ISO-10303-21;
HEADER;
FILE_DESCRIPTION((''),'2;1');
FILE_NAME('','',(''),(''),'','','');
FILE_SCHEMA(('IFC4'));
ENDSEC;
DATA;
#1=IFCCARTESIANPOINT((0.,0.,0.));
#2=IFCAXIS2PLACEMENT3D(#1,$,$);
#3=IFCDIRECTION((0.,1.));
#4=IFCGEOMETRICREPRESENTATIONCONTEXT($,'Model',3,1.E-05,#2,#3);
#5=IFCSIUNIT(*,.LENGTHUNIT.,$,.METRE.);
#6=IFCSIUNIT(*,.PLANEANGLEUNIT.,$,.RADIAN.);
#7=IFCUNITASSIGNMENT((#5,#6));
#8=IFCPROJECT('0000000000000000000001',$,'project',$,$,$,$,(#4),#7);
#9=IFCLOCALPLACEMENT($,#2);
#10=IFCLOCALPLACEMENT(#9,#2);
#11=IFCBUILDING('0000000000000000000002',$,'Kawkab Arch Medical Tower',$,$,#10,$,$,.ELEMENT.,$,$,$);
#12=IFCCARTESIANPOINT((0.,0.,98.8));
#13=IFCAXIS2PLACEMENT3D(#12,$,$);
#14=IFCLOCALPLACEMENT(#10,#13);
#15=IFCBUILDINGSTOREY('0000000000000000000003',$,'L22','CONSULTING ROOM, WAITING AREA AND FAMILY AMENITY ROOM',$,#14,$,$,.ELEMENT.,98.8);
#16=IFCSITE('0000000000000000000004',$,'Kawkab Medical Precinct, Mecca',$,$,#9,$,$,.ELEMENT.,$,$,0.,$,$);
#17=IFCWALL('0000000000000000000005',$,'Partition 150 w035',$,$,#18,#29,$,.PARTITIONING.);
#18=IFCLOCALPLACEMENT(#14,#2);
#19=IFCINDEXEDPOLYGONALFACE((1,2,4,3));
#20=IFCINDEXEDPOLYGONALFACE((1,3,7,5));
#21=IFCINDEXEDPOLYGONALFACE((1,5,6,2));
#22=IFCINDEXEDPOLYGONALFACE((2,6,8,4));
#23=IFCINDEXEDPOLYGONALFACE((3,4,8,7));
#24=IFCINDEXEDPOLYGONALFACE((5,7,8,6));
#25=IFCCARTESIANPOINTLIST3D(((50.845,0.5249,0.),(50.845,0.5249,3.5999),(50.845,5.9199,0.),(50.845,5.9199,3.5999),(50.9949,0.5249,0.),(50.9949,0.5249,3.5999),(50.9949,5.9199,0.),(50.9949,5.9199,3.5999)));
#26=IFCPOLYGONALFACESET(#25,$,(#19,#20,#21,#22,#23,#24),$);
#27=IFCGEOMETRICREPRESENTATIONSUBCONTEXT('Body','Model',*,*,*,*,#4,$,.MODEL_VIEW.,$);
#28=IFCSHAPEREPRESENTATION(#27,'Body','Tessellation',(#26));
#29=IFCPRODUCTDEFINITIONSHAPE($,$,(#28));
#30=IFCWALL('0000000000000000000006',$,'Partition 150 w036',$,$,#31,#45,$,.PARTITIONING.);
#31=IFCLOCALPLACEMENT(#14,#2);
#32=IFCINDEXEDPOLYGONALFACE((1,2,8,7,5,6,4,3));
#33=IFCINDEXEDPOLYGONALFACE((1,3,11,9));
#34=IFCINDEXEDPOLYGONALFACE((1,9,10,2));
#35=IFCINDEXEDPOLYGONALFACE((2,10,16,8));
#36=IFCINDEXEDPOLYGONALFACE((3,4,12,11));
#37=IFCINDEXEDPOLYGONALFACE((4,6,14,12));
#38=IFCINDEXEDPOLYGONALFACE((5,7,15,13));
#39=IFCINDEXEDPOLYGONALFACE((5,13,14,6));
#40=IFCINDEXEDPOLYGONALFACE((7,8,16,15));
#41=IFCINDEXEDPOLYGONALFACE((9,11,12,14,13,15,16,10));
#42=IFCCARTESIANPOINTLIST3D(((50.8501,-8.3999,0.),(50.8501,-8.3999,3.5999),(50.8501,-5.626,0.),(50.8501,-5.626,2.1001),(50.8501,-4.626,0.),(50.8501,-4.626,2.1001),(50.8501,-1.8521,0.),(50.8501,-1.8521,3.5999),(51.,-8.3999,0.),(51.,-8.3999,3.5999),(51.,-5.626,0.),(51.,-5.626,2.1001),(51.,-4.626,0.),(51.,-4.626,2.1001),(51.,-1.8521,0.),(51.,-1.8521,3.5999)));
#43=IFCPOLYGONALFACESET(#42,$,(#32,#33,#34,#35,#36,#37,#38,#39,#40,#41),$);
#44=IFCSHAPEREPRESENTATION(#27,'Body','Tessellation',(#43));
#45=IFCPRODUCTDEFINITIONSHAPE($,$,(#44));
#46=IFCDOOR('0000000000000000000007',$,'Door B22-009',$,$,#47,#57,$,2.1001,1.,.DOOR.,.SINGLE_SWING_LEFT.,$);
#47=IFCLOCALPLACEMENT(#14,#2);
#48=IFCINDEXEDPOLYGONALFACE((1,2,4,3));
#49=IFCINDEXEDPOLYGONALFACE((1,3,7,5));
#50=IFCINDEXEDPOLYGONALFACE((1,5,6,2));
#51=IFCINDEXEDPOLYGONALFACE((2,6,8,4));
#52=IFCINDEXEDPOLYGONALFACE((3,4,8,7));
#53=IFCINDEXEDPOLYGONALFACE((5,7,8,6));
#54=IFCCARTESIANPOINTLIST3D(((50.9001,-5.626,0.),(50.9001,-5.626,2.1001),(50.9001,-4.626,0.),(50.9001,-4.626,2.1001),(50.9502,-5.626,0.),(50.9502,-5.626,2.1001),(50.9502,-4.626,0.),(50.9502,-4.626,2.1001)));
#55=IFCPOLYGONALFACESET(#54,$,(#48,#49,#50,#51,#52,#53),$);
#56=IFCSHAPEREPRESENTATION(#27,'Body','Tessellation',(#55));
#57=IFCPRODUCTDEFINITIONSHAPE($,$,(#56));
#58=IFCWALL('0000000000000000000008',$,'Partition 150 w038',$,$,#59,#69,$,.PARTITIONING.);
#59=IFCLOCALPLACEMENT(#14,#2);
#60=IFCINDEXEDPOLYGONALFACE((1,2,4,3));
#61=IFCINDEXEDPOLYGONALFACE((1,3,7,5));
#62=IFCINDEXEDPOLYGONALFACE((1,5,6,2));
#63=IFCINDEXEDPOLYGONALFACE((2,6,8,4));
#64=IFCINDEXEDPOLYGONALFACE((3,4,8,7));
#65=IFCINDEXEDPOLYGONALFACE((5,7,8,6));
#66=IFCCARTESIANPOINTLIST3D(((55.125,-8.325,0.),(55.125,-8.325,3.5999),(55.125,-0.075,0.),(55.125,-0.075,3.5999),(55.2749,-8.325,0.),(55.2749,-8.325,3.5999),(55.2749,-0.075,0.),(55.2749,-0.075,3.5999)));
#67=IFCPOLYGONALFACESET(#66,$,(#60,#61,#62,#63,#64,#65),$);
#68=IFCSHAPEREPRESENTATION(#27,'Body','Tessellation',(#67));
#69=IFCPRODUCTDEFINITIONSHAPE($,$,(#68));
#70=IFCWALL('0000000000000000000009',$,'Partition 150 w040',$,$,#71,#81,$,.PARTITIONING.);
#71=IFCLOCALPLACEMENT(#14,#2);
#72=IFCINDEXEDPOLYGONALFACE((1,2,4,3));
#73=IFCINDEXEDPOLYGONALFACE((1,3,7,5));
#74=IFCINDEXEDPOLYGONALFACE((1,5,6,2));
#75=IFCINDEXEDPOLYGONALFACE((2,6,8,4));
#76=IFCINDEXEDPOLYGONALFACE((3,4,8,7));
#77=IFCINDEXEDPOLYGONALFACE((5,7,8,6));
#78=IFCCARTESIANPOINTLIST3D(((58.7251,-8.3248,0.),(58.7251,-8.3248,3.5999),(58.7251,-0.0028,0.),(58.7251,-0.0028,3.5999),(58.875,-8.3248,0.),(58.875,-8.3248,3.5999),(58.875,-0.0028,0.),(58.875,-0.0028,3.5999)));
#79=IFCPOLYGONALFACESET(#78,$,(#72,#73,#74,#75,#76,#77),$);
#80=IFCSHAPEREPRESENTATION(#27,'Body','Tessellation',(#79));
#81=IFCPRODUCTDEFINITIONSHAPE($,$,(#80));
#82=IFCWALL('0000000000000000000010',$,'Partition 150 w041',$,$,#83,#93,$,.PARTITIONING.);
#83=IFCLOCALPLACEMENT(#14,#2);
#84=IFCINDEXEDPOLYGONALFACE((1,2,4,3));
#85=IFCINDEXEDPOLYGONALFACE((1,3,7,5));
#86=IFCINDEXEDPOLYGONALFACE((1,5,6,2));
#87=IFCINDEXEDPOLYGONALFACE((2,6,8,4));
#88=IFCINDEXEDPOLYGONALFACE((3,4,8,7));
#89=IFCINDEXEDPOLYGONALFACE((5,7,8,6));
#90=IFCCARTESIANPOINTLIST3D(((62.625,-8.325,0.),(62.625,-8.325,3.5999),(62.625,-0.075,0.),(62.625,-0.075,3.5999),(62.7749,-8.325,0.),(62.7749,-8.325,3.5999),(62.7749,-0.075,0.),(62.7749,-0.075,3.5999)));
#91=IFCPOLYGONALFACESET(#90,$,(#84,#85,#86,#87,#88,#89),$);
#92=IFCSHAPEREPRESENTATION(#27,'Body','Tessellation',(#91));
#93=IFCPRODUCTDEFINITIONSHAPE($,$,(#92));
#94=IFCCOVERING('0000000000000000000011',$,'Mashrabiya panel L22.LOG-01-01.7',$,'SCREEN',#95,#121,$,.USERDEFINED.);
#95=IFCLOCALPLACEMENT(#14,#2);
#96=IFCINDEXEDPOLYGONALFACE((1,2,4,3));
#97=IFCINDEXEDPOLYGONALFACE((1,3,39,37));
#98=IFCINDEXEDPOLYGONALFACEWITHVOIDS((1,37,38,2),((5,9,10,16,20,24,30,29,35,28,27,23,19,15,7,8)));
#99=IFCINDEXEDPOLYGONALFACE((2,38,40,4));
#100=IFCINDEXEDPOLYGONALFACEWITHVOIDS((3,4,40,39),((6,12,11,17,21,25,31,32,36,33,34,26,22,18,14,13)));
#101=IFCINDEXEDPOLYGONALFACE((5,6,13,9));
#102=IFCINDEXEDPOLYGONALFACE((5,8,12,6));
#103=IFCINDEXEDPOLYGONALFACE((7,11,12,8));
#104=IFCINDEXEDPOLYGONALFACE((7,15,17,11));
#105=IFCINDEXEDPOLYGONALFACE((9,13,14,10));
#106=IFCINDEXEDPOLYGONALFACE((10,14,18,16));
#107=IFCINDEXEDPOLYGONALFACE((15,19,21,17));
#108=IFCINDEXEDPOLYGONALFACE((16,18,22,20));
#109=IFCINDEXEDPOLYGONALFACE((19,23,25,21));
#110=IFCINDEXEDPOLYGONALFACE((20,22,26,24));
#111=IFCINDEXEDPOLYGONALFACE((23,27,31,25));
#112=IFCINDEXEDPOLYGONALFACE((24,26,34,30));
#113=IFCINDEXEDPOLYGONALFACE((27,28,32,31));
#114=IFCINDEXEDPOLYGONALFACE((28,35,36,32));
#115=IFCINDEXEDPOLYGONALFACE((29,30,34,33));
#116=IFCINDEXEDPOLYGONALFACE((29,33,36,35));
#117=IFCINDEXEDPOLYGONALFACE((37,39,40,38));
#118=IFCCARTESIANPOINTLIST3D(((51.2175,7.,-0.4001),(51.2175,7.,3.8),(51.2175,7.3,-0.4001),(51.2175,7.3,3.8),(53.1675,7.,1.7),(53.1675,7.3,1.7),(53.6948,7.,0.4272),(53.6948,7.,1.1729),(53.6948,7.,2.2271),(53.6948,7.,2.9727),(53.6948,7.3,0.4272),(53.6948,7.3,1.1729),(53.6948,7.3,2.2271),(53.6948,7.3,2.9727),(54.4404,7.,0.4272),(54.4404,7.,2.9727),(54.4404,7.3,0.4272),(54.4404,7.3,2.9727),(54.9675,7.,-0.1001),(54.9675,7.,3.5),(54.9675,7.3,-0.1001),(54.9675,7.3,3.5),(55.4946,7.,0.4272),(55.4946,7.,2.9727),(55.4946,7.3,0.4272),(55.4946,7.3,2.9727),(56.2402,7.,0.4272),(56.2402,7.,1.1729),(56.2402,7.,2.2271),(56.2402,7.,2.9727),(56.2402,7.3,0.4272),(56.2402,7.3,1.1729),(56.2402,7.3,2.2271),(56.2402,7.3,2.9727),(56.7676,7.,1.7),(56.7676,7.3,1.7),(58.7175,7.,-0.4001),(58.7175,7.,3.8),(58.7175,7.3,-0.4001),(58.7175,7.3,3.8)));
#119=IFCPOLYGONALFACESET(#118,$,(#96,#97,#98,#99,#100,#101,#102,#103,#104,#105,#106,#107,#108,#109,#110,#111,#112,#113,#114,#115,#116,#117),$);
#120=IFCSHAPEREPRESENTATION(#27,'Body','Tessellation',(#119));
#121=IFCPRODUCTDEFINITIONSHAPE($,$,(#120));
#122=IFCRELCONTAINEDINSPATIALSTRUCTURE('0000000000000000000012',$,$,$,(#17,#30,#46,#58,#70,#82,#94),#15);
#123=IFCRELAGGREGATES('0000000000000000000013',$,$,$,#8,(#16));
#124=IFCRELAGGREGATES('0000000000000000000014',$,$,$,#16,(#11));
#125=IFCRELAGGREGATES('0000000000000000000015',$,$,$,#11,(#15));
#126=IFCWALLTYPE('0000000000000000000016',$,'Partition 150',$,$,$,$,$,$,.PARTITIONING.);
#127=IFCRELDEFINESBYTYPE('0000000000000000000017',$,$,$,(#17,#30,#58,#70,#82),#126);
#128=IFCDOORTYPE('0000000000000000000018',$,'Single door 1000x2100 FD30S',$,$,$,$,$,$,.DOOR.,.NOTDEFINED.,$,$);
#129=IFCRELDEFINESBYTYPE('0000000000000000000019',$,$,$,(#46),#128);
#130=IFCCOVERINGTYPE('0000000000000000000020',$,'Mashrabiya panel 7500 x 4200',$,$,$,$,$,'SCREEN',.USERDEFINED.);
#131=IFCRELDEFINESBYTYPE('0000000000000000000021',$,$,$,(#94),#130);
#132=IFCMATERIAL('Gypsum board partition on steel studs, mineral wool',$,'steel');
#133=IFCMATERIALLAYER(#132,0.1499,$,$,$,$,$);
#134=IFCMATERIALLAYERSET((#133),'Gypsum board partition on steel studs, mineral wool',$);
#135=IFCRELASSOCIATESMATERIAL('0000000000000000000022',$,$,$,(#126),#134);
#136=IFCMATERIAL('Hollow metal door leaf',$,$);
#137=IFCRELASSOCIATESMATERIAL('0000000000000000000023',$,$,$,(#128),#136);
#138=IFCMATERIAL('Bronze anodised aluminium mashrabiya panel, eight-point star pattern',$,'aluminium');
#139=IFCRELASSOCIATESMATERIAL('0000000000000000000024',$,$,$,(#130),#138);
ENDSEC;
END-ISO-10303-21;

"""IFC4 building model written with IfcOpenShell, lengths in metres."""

from ifc_helpers import new_model, si_unit, direction, frame, frame_2d, origin, place, context, subcontext, project, spatial, polyline, rectangle, outline, extrude, material, layer, layer_set, material_profile, profile_set, type_object, element, fill, save


model = new_model("IFC4")

# Units and contexts
model_context = context("Model", 3, precision=1e-05, world=origin(), true_north=direction((0.0, 1.0)))
body_context = subcontext(model_context, "Body", "Model", "MODEL_VIEW")
ifc_project = project(units=[si_unit("LENGTHUNIT", "METRE"), si_unit("PLANEANGLEUNIT", "RADIAN")], contexts=[model_context])

# Site, building, storey
site_placement = place(None, origin())
site = spatial("IfcSite", under=ifc_project, at=site_placement, Name="Kawkab Medical Precinct, Mecca", CompositionType="ELEMENT", RefElevation=0.0)
building_placement = place(site_placement, origin())
building = spatial("IfcBuilding", under=site, at=building_placement, Name="Kawkab Arch Medical Tower", CompositionType="ELEMENT")
storey_placement = place(building_placement, frame((0.0, 0.0, 98.8)))
storey = spatial("IfcBuildingStorey", under=building, at=storey_placement, Name="L22", Description="CONSULTING ROOM, WAITING AREA AND FAMILY AMENITY ROOM", CompositionType="ELEMENT", Elevation=98.8)

# Shared definitions
ifc_material_1 = material(Name="Gypsum board partition on steel studs, mineral wool", Category="steel")
ifc_layer_1 = layer(ifc_material_1, 0.1499)
ifc_layer_set_1 = layer_set([ifc_layer_1], Name="Gypsum board partition on steel studs, mineral wool")
wall_type_1 = type_object("IfcWallType", Name="Partition 150", PredefinedType="PARTITIONING", material=ifc_layer_set_1)
ifc_material_2 = material(Name="Hollow metal door leaf")
door_type_1 = type_object("IfcDoorType", Name="Single door 1000x2100 FD30S", OperationType="NOTDEFINED", PredefinedType="DOOR", material=ifc_material_2)

# Wall
wall_1_placement = place(storey_placement, frame((50.9199, 0.5249, 0.0), z_axis=(0.0, 0.0, 1.0), x_axis=(0.0, 1.0, 0.0)))
element("IfcWall", 1, at=wall_1_placement, inside=storey, type_object=wall_type_1, Name="Partition 150 w035", PredefinedType="PARTITIONING", context=body_context, shape_type="SweptSolid", body=[
    extrude(rectangle(XDim=5.395, YDim=0.1499, at=frame_2d((2.6975, 0.0))), origin(), (0.0, 0.0, 1.0), 3.5999),
])

# Wall, opening, door
wall_2_placement = place(storey_placement, frame((50.925, -8.3999, 0.0), z_axis=(0.0, 0.0, 1.0), x_axis=(0.0, 1.0, 0.0)))
wall_2 = element("IfcWall", 2, at=wall_2_placement, inside=storey, type_object=wall_type_1, Name="Partition 150 w036", PredefinedType="PARTITIONING", context=body_context, shape_type="SweptSolid", body=[
    extrude(rectangle(XDim=6.5479, YDim=0.1499, at=frame_2d((3.2739, 0.0))), origin(), (0.0, 0.0, 1.0), 3.5999),
])
opening_1_placement = place(wall_2_placement, frame((2.7739, 0.0, 0.0)))
opening_1 = element("IfcOpeningElement", 3, at=opening_1_placement, cuts=wall_2, PredefinedType="OPENING", context=body_context, shape_type="SweptSolid", body=[
    extrude(rectangle(XDim=1.0, YDim=2.1001, at=frame_2d((0.5, 1.05))), frame((0.0, 0.085, 0.0), z_axis=(0.0, -1.0, 0.0), x_axis=(1.0, 0.0, 0.0)), (0.0, 0.0, 1.0), 0.1699),
])
door_1_placement = place(opening_1_placement, origin())
door_1 = element("IfcDoor", 4, at=door_1_placement, inside=storey, type_object=door_type_1, Name="Door B22-009", OperationType="SINGLE_SWING_LEFT", OverallHeight=2.1001, OverallWidth=1.0, PredefinedType="DOOR", context=body_context, shape_type="SweptSolid", body=[
    extrude(rectangle(XDim=1.0, YDim=2.1001, at=frame_2d((0.5, 1.05))), frame((0.0, 0.0249, 0.0), z_axis=(0.0, -1.0, 0.0), x_axis=(1.0, 0.0, 0.0)), (0.0, 0.0, 1.0), 0.05),
])
fill(opening_1, door_1)

# Walls
wall_3_placement = place(storey_placement, frame((55.2, -8.325, 0.0), z_axis=(0.0, 0.0, 1.0), x_axis=(0.0, 1.0, 0.0)))
element("IfcWall", 5, at=wall_3_placement, inside=storey, type_object=wall_type_1, Name="Partition 150 w038", PredefinedType="PARTITIONING", context=body_context, shape_type="SweptSolid", body=[
    extrude(rectangle(XDim=8.25, YDim=0.1499, at=frame_2d((4.125, 0.0))), origin(), (0.0, 0.0, 1.0), 3.5999),
])
wall_4_placement = place(storey_placement, frame((58.8, -8.325, 0.0), z_axis=(0.0, 0.0, 1.0), x_axis=(0.0, 1.0, 0.0)))
element("IfcWall", 6, at=wall_4_placement, inside=storey, type_object=wall_type_1, Name="Partition 150 w040", PredefinedType="PARTITIONING", context=body_context, shape_type="SweptSolid", body=[
    extrude(rectangle(XDim=8.322, YDim=0.1499, at=frame_2d((4.1611, 0.0))), origin(), (0.0, 0.0, 1.0), 3.5999),
])
wall_5_placement = place(storey_placement, frame((62.7, -8.325, 0.0), z_axis=(0.0, 0.0, 1.0), x_axis=(0.0, 1.0, 0.0)))
element("IfcWall", 7, at=wall_5_placement, inside=storey, type_object=wall_type_1, Name="Partition 150 w041", PredefinedType="PARTITIONING", context=body_context, shape_type="SweptSolid", body=[
    extrude(rectangle(XDim=8.25, YDim=0.1499, at=frame_2d((4.125, 0.0))), origin(), (0.0, 0.0, 1.0), 3.5999),
])

# Covering
ifc_material_3 = material(Name="Bronze anodised aluminium mashrabiya panel, eight-point star pattern", Category="aluminium")
ifc_material_profile_1 = material_profile(ifc_material_3, outline(polyline([(-3.75, -2.1001), (3.75, -2.1001), (3.75, 2.1001), (-3.75, 2.1001), (-3.75, -2.1001)]), holes=[polyline([(1.8, 0.0), (1.2727, 0.5271), (1.2727, 1.2727), (0.5271, 1.2727), (0.0, 1.8), (-0.5271, 1.2727), (-1.2727, 1.2727), (-1.2727, 0.5271), (-1.8, 0.0), (-1.2727, -0.5271), (-1.2727, -1.2727), (-0.5271, -1.2727), (0.0, -1.8), (0.5271, -1.2727), (1.2727, -1.2727), (1.2727, -0.5271), (1.8, 0.0)])]), Name="Mashrabiya panel 7500x4200")
ifc_profile_set_1 = profile_set([ifc_material_profile_1], Name="Bronze anodised aluminium mashrabiya panel, eight-point star pattern")
covering_type = type_object("IfcCoveringType", Name="Mashrabiya panel 7500 x 4200", ElementType="SCREEN", PredefinedType="USERDEFINED", material=ifc_profile_set_1)
covering_placement = place(storey_placement, frame((54.9675, 7.0, 1.7), z_axis=(0.0, 1.0, 0.0), x_axis=(-1.0, 0.0, 0.0)))
element("IfcCovering", 8, at=covering_placement, inside=storey, type_object=covering_type, Name="Mashrabiya panel L22.LOG-01-01.7", ObjectType="SCREEN", PredefinedType="USERDEFINED", context=body_context, shape_type="SweptSolid", body=[
    extrude(outline(polyline([(-3.75, -2.1001), (3.75, -2.1001), (3.75, 2.1001), (-3.75, 2.1001), (-3.75, -2.1001)]), holes=[polyline([(1.8, 0.0), (1.2727, 0.5271), (1.2727, 1.2727), (0.5271, 1.2727), (0.0, 1.8), (-0.5271, 1.2727), (-1.2727, 1.2727), (-1.2727, 0.5271), (-1.8, 0.0), (-1.2727, -0.5271), (-1.2727, -1.2727), (-0.5271, -1.2727), (0.0, -1.8), (0.5271, -1.2727), (1.2727, -1.2727), (1.2727, -0.5271), (1.8, 0.0)])]), origin(), (0.0, 0.0, 1.0), 0.3),
])

save(model, "model.ifc")
